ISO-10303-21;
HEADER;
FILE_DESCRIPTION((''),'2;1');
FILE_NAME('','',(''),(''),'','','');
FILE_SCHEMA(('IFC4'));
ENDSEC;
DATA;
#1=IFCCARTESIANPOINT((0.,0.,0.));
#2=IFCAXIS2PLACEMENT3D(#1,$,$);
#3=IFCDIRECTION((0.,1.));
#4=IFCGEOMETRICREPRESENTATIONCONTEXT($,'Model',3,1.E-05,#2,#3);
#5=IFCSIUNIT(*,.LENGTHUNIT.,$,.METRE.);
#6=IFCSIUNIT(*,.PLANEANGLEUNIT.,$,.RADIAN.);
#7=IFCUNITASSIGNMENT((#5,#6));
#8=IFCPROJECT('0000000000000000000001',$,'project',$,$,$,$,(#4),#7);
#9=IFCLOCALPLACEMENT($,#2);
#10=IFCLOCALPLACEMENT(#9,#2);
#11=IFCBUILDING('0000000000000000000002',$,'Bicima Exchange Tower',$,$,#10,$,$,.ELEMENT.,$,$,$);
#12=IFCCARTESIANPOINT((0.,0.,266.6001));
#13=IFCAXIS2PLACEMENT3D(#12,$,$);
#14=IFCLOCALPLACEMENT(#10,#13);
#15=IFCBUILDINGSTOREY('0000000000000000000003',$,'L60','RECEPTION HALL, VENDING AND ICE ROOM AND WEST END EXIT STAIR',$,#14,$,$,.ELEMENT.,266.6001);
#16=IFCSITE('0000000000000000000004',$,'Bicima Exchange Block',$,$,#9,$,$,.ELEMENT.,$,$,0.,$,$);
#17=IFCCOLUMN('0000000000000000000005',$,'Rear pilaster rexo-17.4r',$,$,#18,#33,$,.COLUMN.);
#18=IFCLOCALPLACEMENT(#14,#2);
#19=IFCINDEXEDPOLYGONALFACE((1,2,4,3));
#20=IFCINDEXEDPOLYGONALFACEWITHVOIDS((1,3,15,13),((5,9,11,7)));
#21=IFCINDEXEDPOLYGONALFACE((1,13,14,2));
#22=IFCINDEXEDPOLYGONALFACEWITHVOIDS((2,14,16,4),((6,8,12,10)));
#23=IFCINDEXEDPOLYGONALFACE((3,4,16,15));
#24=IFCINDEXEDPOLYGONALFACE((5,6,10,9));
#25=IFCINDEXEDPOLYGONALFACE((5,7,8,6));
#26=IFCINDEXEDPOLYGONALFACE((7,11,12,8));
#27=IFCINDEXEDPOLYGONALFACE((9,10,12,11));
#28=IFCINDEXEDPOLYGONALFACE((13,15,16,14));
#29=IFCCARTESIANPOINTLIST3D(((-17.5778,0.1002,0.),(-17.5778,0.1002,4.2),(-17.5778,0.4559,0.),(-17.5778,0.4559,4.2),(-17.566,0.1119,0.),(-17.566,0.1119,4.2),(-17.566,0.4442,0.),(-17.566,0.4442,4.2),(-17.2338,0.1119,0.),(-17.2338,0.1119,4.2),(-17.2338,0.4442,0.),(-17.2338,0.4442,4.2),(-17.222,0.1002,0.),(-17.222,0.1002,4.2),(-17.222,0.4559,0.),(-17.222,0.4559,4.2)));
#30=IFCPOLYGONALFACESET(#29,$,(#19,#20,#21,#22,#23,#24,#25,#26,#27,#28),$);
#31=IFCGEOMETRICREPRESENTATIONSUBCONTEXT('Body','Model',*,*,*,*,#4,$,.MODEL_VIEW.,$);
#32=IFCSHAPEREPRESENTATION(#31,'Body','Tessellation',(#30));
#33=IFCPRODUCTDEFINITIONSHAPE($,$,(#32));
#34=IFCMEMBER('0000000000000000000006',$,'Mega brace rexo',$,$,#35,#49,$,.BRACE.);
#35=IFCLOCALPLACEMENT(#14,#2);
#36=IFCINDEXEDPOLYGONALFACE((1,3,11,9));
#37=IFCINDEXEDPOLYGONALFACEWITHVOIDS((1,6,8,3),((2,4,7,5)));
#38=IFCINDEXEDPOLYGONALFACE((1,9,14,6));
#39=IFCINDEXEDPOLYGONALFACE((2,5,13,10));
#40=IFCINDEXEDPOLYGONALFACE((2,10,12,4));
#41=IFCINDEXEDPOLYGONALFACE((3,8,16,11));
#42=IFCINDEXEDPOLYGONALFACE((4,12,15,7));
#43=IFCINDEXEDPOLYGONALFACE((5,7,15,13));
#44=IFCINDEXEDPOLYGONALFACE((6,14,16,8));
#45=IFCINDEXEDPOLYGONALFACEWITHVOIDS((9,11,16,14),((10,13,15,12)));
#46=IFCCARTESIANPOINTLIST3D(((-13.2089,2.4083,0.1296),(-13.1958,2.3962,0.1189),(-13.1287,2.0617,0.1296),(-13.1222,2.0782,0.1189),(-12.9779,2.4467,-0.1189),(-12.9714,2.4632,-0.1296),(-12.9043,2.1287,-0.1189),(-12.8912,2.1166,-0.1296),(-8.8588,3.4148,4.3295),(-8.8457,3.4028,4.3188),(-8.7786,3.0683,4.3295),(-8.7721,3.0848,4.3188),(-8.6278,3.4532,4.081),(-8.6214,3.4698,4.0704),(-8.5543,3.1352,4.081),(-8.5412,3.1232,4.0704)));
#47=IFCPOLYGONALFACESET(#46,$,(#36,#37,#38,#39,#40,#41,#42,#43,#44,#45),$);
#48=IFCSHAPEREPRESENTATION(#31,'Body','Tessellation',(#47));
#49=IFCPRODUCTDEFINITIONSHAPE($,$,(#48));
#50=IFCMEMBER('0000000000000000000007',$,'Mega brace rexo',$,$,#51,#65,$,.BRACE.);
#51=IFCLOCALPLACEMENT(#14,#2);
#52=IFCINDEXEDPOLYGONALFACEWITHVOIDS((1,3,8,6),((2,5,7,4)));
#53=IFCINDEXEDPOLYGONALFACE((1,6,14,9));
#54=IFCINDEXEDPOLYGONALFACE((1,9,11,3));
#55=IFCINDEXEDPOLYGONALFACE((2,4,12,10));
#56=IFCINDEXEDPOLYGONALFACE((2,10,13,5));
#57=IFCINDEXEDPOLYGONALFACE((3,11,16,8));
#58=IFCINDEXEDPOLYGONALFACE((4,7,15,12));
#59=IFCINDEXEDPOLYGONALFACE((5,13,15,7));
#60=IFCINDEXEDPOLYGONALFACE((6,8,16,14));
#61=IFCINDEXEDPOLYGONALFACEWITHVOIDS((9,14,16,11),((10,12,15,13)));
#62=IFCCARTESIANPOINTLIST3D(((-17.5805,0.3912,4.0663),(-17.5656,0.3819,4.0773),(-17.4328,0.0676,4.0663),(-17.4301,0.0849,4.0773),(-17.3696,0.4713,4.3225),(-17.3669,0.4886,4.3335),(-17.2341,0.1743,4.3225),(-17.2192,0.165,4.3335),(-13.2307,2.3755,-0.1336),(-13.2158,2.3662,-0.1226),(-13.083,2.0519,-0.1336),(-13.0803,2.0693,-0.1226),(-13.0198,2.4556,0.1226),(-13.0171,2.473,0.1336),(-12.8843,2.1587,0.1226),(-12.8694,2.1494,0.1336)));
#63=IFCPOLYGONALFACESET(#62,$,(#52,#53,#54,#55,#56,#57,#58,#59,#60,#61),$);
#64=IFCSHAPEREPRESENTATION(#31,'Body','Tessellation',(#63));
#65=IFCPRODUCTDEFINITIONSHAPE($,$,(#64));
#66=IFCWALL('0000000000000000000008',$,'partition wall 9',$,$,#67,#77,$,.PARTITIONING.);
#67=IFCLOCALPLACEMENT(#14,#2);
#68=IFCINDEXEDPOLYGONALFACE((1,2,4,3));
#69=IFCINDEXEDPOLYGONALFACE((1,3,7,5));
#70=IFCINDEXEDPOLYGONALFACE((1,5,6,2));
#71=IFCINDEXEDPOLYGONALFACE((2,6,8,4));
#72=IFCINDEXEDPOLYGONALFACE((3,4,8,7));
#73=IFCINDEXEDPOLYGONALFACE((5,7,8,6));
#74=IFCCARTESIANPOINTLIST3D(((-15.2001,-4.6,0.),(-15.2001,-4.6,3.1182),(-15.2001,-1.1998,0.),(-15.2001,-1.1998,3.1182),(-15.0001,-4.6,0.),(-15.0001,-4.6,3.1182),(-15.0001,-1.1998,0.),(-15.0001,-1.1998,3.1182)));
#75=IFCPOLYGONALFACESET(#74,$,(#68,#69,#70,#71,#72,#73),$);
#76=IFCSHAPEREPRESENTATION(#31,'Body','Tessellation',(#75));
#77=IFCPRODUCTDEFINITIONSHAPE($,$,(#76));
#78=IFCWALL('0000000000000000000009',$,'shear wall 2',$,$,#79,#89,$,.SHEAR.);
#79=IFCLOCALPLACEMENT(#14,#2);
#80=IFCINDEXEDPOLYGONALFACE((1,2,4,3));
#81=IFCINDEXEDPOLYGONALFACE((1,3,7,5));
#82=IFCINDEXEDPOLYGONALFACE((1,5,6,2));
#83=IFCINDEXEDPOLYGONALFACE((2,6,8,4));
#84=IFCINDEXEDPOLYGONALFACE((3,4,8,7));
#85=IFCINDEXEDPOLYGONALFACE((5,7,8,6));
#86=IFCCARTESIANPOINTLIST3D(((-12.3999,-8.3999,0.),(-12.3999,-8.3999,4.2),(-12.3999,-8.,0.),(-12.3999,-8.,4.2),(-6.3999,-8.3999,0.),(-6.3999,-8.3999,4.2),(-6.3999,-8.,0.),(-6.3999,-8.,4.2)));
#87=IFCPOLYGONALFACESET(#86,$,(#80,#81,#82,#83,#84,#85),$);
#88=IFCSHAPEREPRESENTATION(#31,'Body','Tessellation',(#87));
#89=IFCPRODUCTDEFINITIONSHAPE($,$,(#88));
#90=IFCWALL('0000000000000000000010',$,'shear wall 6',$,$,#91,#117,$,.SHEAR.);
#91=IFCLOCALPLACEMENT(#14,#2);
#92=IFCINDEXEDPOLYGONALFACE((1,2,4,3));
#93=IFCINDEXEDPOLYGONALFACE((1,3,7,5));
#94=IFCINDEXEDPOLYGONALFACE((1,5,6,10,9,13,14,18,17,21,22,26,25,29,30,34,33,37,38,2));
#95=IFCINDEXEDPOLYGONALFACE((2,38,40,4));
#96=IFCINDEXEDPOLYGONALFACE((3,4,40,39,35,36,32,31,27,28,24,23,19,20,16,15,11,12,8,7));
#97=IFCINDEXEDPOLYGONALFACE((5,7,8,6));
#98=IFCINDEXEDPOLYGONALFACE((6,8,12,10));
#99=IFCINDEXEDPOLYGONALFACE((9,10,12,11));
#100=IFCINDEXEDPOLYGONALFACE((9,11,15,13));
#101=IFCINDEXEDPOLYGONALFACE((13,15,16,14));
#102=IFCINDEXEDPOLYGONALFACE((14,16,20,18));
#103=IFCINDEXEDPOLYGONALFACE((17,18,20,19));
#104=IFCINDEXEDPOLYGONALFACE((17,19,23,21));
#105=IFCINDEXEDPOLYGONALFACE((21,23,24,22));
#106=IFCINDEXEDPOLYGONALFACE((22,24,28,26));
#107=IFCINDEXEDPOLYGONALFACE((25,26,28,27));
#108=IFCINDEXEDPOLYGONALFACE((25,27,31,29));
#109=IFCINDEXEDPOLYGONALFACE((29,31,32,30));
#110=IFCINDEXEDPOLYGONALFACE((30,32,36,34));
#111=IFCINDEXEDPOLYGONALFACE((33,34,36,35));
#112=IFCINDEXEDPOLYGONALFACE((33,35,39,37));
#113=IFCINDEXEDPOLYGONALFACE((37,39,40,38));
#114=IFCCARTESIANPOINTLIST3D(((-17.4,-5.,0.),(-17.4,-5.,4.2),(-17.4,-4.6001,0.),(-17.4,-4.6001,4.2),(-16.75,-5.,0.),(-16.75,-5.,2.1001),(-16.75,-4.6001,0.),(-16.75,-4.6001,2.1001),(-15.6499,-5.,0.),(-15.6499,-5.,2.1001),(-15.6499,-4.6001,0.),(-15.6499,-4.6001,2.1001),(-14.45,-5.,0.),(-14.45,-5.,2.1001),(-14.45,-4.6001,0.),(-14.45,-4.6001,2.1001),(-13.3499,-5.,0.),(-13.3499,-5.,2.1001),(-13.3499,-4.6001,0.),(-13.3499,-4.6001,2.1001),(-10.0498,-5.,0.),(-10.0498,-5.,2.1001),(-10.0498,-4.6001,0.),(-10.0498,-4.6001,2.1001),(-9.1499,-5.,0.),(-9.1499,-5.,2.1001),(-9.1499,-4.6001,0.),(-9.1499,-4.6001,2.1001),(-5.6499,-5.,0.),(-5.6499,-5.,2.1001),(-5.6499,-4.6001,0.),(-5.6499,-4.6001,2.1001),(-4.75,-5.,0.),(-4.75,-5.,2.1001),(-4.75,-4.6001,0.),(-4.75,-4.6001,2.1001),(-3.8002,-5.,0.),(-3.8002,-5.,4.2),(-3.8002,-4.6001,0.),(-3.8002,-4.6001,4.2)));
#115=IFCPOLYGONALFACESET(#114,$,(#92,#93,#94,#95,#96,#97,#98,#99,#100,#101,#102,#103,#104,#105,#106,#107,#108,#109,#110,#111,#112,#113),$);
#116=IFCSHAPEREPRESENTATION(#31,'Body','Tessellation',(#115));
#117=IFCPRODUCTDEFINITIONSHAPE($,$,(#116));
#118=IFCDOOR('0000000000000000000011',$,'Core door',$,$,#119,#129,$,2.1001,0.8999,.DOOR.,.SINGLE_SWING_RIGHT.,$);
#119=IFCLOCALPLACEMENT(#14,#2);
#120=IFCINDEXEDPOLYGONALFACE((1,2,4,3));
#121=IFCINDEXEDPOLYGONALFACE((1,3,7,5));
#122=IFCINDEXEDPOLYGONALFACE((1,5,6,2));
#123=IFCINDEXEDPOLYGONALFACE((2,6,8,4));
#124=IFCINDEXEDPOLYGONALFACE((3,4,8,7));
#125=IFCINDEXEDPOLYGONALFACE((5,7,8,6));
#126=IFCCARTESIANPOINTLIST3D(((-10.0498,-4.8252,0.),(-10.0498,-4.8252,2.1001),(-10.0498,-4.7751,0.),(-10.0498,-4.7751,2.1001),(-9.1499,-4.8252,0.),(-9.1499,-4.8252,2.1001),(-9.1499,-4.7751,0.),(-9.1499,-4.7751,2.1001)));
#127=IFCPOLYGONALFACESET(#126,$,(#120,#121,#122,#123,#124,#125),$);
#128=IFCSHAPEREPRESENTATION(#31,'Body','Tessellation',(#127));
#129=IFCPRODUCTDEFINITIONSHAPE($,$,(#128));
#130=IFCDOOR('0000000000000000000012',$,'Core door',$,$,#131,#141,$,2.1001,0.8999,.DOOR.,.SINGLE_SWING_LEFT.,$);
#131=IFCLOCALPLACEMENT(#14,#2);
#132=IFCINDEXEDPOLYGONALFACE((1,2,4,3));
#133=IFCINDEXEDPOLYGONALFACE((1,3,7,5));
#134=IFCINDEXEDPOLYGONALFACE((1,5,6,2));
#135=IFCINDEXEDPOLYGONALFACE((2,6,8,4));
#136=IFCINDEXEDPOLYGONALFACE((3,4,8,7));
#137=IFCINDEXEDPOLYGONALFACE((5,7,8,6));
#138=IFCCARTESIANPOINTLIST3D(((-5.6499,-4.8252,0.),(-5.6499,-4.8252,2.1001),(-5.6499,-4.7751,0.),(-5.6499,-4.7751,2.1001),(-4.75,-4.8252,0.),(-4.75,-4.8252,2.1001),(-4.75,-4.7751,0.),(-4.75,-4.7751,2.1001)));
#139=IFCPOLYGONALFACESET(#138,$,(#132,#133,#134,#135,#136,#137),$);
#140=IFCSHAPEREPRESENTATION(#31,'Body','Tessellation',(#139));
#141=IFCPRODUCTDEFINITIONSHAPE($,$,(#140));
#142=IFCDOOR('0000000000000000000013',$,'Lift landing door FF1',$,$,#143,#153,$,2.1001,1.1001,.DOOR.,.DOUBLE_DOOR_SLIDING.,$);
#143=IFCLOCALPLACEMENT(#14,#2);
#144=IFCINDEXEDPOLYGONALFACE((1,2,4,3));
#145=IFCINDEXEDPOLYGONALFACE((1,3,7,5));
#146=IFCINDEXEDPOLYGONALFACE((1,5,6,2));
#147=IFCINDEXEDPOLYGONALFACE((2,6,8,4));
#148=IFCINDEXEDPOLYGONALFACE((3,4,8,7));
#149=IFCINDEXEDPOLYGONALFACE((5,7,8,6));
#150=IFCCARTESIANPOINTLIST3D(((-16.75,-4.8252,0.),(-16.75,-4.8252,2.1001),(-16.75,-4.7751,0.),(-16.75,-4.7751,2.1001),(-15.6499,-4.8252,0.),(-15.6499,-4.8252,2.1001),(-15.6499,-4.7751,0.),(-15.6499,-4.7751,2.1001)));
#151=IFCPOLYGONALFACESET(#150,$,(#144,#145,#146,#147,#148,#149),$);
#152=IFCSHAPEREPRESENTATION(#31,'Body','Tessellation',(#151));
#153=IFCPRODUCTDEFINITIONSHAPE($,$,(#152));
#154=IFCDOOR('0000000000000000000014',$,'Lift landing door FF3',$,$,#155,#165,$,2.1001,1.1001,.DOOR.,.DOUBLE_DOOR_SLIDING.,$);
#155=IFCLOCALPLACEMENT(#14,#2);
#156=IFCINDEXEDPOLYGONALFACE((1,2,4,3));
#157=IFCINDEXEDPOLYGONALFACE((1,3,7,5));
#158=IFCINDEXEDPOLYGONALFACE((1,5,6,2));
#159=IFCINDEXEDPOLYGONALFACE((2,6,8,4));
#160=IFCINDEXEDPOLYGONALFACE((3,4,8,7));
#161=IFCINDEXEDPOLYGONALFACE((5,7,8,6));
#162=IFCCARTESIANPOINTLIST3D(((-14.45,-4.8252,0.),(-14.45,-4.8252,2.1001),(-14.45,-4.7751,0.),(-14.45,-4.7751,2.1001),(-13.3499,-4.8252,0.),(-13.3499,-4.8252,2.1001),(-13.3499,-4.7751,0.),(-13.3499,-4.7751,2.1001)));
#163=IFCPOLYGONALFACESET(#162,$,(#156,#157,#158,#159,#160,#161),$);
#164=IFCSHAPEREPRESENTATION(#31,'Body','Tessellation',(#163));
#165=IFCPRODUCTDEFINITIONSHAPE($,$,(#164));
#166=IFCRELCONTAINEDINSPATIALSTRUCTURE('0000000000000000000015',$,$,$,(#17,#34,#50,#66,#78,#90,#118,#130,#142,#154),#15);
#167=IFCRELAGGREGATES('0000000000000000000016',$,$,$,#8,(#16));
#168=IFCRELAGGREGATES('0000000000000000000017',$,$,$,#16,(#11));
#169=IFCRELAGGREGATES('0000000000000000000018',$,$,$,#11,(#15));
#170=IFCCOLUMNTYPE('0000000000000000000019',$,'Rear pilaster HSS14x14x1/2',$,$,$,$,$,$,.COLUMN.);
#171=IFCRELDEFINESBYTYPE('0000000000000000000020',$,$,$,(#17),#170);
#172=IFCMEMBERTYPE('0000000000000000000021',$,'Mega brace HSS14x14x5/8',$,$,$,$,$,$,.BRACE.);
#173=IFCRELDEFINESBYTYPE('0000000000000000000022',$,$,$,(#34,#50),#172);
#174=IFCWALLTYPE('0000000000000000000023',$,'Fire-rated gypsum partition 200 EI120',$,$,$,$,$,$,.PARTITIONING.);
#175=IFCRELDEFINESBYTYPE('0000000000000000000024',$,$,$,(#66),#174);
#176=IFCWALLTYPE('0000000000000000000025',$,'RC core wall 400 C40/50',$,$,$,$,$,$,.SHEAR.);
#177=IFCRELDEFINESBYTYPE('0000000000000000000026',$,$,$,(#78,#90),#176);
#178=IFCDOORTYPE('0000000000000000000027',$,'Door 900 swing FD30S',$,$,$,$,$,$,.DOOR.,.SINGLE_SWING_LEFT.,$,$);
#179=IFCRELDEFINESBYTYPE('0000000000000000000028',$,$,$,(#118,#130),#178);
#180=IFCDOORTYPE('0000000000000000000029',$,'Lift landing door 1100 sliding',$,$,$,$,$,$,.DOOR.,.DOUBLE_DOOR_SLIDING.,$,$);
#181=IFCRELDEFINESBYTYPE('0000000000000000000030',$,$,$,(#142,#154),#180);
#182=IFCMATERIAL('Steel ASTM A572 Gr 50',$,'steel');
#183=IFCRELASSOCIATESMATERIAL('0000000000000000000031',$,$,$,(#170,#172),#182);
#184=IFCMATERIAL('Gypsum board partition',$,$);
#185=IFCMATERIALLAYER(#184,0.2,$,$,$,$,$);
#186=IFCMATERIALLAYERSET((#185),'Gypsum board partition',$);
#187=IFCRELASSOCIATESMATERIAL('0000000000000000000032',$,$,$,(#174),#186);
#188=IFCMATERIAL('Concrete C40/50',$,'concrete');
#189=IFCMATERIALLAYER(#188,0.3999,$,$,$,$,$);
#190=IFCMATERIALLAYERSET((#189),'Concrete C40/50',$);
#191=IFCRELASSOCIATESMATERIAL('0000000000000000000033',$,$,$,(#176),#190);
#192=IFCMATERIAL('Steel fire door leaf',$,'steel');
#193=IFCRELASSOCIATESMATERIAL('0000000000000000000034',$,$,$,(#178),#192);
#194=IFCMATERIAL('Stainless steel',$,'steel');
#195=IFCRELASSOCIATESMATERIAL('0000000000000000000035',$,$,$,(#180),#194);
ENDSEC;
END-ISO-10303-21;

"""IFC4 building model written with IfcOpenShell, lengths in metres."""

from ifc_helpers import new_model, si_unit, direction, frame, frame_2d, origin, origin_2d, place, context, subcontext, project, spatial, rectangle, hollow_rectangle, extrude, material, layer, layer_set, material_profile, profile_set, type_object, element, fill, save


model = new_model("IFC4")

# Units and contexts
model_context = context("Model", 3, precision=1e-05, world=origin(), true_north=direction((0.0, 1.0)))
body_context = subcontext(model_context, "Body", "Model", "MODEL_VIEW")
ifc_project = project(units=[si_unit("LENGTHUNIT", "METRE"), si_unit("PLANEANGLEUNIT", "RADIAN")], contexts=[model_context])

# Site, building, storey
site_placement = place(None, origin())
site = spatial("IfcSite", under=ifc_project, at=site_placement, Name="Bicima Exchange Block", CompositionType="ELEMENT", RefElevation=0.0)
building_placement = place(site_placement, origin())
building = spatial("IfcBuilding", under=site, at=building_placement, Name="Bicima Exchange Tower", CompositionType="ELEMENT")
storey_placement = place(building_placement, frame((0.0, 0.0, 266.6001)))
storey = spatial("IfcBuildingStorey", under=building, at=storey_placement, Name="L60", Description="RECEPTION HALL, VENDING AND ICE ROOM AND WEST END EXIT STAIR", CompositionType="ELEMENT", Elevation=266.6001)

# Column
ifc_material_1 = material(Name="Steel ASTM A572 Gr 50", Category="steel")
ifc_material_profile_1 = material_profile(ifc_material_1, hollow_rectangle(XDim=0.3557, YDim=0.3557, WallThickness=0.0117, at=origin_2d()))
ifc_profile_set_1 = profile_set([ifc_material_profile_1], Name="Steel ASTM A572 Gr 50")
column_type = type_object("IfcColumnType", Name="Rear pilaster HSS14x14x1/2", PredefinedType="COLUMN", material=ifc_profile_set_1)
column_placement = place(storey_placement, frame((-17.3999, 0.2781, 0.0), z_axis=(0.0, 0.0, 1.0), x_axis=(1.0, 0.0, 0.0)))
element("IfcColumn", 1, at=column_placement, inside=storey, type_object=column_type, Name="Rear pilaster rexo-17.4r", PredefinedType="COLUMN", context=body_context, shape_type="SweptSolid", body=[
    extrude(hollow_rectangle(XDim=0.3557, YDim=0.3557, WallThickness=0.0117, at=origin_2d()), origin(), (0.0, 0.0, 1.0), 4.2),
])

# Members
ifc_material_profile_2 = material_profile(ifc_material_1, hollow_rectangle(XDim=0.3557, YDim=0.3557, WallThickness=0.0146, at=origin_2d()))
ifc_profile_set_2 = profile_set([ifc_material_profile_2], Name="Steel ASTM A572 Gr 50")
member_type = type_object("IfcMemberType", Name="Mega brace HSS14x14x5/8", PredefinedType="BRACE", material=ifc_profile_set_2)
member_1_placement = place(storey_placement, frame((-13.05, 2.2625, 0.0), z_axis=(0.709648, 0.164209, 0.685154), x_axis=(-0.225439, 0.974257, 0.0)))
element("IfcMember", 2, at=member_1_placement, inside=storey, type_object=member_type, Name="Mega brace rexo", PredefinedType="BRACE", context=body_context, shape_type="SweptSolid", body=[
    extrude(hollow_rectangle(XDim=0.3557, YDim=0.3557, WallThickness=0.0146, at=origin_2d()), origin(), (0.0, 0.0, 1.0), 6.1299),
])
member_2_placement = place(storey_placement, frame((-13.05, 2.2625, 0.0), z_axis=(-0.683526, -0.31182, 0.65997), x_axis=(0.415045, -0.909801, 0.0)))
element("IfcMember", 3, at=member_2_placement, inside=storey, type_object=member_type, Name="Mega brace rexo", PredefinedType="BRACE", context=body_context, shape_type="SweptSolid", body=[
    extrude(hollow_rectangle(XDim=0.3557, YDim=0.3557, WallThickness=0.0146, at=origin_2d()), origin(), (0.0, 0.0, 1.0), 6.3638),
])

# Walls
ifc_material_2 = material(Name="Gypsum board partition")
ifc_layer_1 = layer(ifc_material_2, 0.2)
ifc_layer_set_1 = layer_set([ifc_layer_1], Name="Gypsum board partition")
wall_type_1 = type_object("IfcWallType", Name="Fire-rated gypsum partition 200 EI120", PredefinedType="PARTITIONING", material=ifc_layer_set_1)
wall_1_placement = place(storey_placement, frame((-15.1001, -4.6001, 0.0), z_axis=(0.0, 0.0, 1.0), x_axis=(0.0, 1.0, 0.0)))
element("IfcWall", 4, at=wall_1_placement, inside=storey, type_object=wall_type_1, Name="partition wall 9", PredefinedType="PARTITIONING", context=body_context, shape_type="SweptSolid", body=[
    extrude(rectangle(XDim=3.4001, YDim=0.2, at=frame_2d((1.7002, 0.0))), origin(), (0.0, 0.0, 1.0), 3.1182),
])
ifc_material_3 = material(Name="Concrete C40/50", Category="concrete")
ifc_layer_2 = layer(ifc_material_3, 0.3999)
ifc_layer_set_2 = layer_set([ifc_layer_2], Name="Concrete C40/50")
wall_type_2 = type_object("IfcWallType", Name="RC core wall 400 C40/50", PredefinedType="SHEAR", material=ifc_layer_set_2)
wall_2_placement = place(storey_placement, frame((-12.3999, -8.2, 0.0), z_axis=(0.0, 0.0, 1.0), x_axis=(1.0, 0.0, 0.0)))
element("IfcWall", 5, at=wall_2_placement, inside=storey, type_object=wall_type_2, Name="shear wall 2", PredefinedType="SHEAR", context=body_context, shape_type="SweptSolid", body=[
    extrude(rectangle(XDim=6.0, YDim=0.3999, at=frame_2d((3.0, 0.0))), origin(), (0.0, 0.0, 1.0), 4.2),
])

# Wall, openings, doors
wall_3_placement = place(storey_placement, frame((-17.3999, -4.8, 0.0), z_axis=(0.0, 0.0, 1.0), x_axis=(1.0, 0.0, 0.0)))
wall_3 = element("IfcWall", 6, at=wall_3_placement, inside=storey, type_object=wall_type_2, Name="shear wall 6", PredefinedType="SHEAR", context=body_context, shape_type="SweptSolid", body=[
    extrude(rectangle(XDim=13.5999, YDim=0.3999, at=frame_2d((6.7998, 0.0))), origin(), (0.0, 0.0, 1.0), 4.2),
])
opening_1_placement = place(wall_3_placement, frame((0.6499, 0.0, 0.0)))
opening_1 = element("IfcOpeningElement", 7, at=opening_1_placement, cuts=wall_3, PredefinedType="OPENING", context=body_context, shape_type="SweptSolid", body=[
    extrude(rectangle(XDim=1.1001, YDim=2.1001, at=frame_2d((0.55, 1.05))), frame((0.0, 0.2119, 0.0), z_axis=(0.0, -1.0, 0.0), x_axis=(1.0, 0.0, 0.0)), (0.0, 0.0, 1.0), 0.4238),
])
opening_2_placement = place(wall_3_placement, frame((2.95, 0.0, 0.0)))
opening_2 = element("IfcOpeningElement", 8, at=opening_2_placement, cuts=wall_3, PredefinedType="OPENING", context=body_context, shape_type="SweptSolid", body=[
    extrude(rectangle(XDim=1.1001, YDim=2.1001, at=frame_2d((0.55, 1.05))), frame((0.0, 0.2119, 0.0), z_axis=(0.0, -1.0, 0.0), x_axis=(1.0, 0.0, 0.0)), (0.0, 0.0, 1.0), 0.4238),
])
opening_3_placement = place(wall_3_placement, frame((7.3501, 0.0, 0.0)))
opening_3 = element("IfcOpeningElement", 9, at=opening_3_placement, cuts=wall_3, PredefinedType="OPENING", context=body_context, shape_type="SweptSolid", body=[
    extrude(rectangle(XDim=0.8999, YDim=2.1001, at=frame_2d((0.45, 1.05))), frame((0.0, 0.2119, 0.0), z_axis=(0.0, -1.0, 0.0), x_axis=(1.0, 0.0, 0.0)), (0.0, 0.0, 1.0), 0.4238),
])
opening_4_placement = place(wall_3_placement, frame((11.75, 0.0, 0.0)))
opening_4 = element("IfcOpeningElement", 10, at=opening_4_placement, cuts=wall_3, PredefinedType="OPENING", context=body_context, shape_type="SweptSolid", body=[
    extrude(rectangle(XDim=0.8999, YDim=2.1001, at=frame_2d((0.45, 1.05))), frame((0.0, 0.2119, 0.0), z_axis=(0.0, -1.0, 0.0), x_axis=(1.0, 0.0, 0.0)), (0.0, 0.0, 1.0), 0.4238),
])
ifc_material_4 = material(Name="Steel fire door leaf", Category="steel")
door_type_1 = type_object("IfcDoorType", Name="Door 900 swing FD30S", OperationType="SINGLE_SWING_LEFT", PredefinedType="DOOR", material=ifc_material_4)
door_1_placement = place(opening_3_placement, origin())
door_1 = element("IfcDoor", 11, at=door_1_placement, inside=storey, type_object=door_type_1, Name="Core door", OperationType="SINGLE_SWING_RIGHT", OverallHeight=2.1001, OverallWidth=0.8999, PredefinedType="DOOR", context=body_context, shape_type="SweptSolid", body=[
    extrude(rectangle(XDim=0.8999, YDim=2.1001, at=frame_2d((0.45, 1.05))), frame((0.0, 0.0249, 0.0), z_axis=(0.0, -1.0, 0.0), x_axis=(1.0, 0.0, 0.0)), (0.0, 0.0, 1.0), 0.05),
])
fill(opening_3, door_1)
door_2_placement = place(opening_4_placement, origin())
door_2 = element("IfcDoor", 12, at=door_2_placement, inside=storey, type_object=door_type_1, Name="Core door", OperationType="SINGLE_SWING_LEFT", OverallHeight=2.1001, OverallWidth=0.8999, PredefinedType="DOOR", context=body_context, shape_type="SweptSolid", body=[
    extrude(rectangle(XDim=0.8999, YDim=2.1001, at=frame_2d((0.45, 1.05))), frame((0.0, 0.0249, 0.0), z_axis=(0.0, -1.0, 0.0), x_axis=(1.0, 0.0, 0.0)), (0.0, 0.0, 1.0), 0.05),
])
fill(opening_4, door_2)
ifc_material_5 = material(Name="Stainless steel", Category="steel")
door_type_2 = type_object("IfcDoorType", Name="Lift landing door 1100 sliding", OperationType="DOUBLE_DOOR_SLIDING", PredefinedType="DOOR", material=ifc_material_5)
door_3_placement = place(opening_1_placement, origin())
door_3 = element("IfcDoor", 13, at=door_3_placement, inside=storey, type_object=door_type_2, Name="Lift landing door FF1", OperationType="DOUBLE_DOOR_SLIDING", OverallHeight=2.1001, OverallWidth=1.1001, PredefinedType="DOOR", context=body_context, shape_type="SweptSolid", body=[
    extrude(rectangle(XDim=1.1001, YDim=2.1001, at=frame_2d((0.55, 1.05))), frame((0.0, 0.0249, 0.0), z_axis=(0.0, -1.0, 0.0), x_axis=(1.0, 0.0, 0.0)), (0.0, 0.0, 1.0), 0.05),
])
fill(opening_1, door_3)
door_4_placement = place(opening_2_placement, origin())
door_4 = element("IfcDoor", 14, at=door_4_placement, inside=storey, type_object=door_type_2, Name="Lift landing door FF3", OperationType="DOUBLE_DOOR_SLIDING", OverallHeight=2.1001, OverallWidth=1.1001, PredefinedType="DOOR", context=body_context, shape_type="SweptSolid", body=[
    extrude(rectangle(XDim=1.1001, YDim=2.1001, at=frame_2d((0.55, 1.05))), frame((0.0, 0.0249, 0.0), z_axis=(0.0, -1.0, 0.0), x_axis=(1.0, 0.0, 0.0)), (0.0, 0.0, 1.0), 0.05),
])
fill(opening_2, door_4)

save(model, "model.ifc")
